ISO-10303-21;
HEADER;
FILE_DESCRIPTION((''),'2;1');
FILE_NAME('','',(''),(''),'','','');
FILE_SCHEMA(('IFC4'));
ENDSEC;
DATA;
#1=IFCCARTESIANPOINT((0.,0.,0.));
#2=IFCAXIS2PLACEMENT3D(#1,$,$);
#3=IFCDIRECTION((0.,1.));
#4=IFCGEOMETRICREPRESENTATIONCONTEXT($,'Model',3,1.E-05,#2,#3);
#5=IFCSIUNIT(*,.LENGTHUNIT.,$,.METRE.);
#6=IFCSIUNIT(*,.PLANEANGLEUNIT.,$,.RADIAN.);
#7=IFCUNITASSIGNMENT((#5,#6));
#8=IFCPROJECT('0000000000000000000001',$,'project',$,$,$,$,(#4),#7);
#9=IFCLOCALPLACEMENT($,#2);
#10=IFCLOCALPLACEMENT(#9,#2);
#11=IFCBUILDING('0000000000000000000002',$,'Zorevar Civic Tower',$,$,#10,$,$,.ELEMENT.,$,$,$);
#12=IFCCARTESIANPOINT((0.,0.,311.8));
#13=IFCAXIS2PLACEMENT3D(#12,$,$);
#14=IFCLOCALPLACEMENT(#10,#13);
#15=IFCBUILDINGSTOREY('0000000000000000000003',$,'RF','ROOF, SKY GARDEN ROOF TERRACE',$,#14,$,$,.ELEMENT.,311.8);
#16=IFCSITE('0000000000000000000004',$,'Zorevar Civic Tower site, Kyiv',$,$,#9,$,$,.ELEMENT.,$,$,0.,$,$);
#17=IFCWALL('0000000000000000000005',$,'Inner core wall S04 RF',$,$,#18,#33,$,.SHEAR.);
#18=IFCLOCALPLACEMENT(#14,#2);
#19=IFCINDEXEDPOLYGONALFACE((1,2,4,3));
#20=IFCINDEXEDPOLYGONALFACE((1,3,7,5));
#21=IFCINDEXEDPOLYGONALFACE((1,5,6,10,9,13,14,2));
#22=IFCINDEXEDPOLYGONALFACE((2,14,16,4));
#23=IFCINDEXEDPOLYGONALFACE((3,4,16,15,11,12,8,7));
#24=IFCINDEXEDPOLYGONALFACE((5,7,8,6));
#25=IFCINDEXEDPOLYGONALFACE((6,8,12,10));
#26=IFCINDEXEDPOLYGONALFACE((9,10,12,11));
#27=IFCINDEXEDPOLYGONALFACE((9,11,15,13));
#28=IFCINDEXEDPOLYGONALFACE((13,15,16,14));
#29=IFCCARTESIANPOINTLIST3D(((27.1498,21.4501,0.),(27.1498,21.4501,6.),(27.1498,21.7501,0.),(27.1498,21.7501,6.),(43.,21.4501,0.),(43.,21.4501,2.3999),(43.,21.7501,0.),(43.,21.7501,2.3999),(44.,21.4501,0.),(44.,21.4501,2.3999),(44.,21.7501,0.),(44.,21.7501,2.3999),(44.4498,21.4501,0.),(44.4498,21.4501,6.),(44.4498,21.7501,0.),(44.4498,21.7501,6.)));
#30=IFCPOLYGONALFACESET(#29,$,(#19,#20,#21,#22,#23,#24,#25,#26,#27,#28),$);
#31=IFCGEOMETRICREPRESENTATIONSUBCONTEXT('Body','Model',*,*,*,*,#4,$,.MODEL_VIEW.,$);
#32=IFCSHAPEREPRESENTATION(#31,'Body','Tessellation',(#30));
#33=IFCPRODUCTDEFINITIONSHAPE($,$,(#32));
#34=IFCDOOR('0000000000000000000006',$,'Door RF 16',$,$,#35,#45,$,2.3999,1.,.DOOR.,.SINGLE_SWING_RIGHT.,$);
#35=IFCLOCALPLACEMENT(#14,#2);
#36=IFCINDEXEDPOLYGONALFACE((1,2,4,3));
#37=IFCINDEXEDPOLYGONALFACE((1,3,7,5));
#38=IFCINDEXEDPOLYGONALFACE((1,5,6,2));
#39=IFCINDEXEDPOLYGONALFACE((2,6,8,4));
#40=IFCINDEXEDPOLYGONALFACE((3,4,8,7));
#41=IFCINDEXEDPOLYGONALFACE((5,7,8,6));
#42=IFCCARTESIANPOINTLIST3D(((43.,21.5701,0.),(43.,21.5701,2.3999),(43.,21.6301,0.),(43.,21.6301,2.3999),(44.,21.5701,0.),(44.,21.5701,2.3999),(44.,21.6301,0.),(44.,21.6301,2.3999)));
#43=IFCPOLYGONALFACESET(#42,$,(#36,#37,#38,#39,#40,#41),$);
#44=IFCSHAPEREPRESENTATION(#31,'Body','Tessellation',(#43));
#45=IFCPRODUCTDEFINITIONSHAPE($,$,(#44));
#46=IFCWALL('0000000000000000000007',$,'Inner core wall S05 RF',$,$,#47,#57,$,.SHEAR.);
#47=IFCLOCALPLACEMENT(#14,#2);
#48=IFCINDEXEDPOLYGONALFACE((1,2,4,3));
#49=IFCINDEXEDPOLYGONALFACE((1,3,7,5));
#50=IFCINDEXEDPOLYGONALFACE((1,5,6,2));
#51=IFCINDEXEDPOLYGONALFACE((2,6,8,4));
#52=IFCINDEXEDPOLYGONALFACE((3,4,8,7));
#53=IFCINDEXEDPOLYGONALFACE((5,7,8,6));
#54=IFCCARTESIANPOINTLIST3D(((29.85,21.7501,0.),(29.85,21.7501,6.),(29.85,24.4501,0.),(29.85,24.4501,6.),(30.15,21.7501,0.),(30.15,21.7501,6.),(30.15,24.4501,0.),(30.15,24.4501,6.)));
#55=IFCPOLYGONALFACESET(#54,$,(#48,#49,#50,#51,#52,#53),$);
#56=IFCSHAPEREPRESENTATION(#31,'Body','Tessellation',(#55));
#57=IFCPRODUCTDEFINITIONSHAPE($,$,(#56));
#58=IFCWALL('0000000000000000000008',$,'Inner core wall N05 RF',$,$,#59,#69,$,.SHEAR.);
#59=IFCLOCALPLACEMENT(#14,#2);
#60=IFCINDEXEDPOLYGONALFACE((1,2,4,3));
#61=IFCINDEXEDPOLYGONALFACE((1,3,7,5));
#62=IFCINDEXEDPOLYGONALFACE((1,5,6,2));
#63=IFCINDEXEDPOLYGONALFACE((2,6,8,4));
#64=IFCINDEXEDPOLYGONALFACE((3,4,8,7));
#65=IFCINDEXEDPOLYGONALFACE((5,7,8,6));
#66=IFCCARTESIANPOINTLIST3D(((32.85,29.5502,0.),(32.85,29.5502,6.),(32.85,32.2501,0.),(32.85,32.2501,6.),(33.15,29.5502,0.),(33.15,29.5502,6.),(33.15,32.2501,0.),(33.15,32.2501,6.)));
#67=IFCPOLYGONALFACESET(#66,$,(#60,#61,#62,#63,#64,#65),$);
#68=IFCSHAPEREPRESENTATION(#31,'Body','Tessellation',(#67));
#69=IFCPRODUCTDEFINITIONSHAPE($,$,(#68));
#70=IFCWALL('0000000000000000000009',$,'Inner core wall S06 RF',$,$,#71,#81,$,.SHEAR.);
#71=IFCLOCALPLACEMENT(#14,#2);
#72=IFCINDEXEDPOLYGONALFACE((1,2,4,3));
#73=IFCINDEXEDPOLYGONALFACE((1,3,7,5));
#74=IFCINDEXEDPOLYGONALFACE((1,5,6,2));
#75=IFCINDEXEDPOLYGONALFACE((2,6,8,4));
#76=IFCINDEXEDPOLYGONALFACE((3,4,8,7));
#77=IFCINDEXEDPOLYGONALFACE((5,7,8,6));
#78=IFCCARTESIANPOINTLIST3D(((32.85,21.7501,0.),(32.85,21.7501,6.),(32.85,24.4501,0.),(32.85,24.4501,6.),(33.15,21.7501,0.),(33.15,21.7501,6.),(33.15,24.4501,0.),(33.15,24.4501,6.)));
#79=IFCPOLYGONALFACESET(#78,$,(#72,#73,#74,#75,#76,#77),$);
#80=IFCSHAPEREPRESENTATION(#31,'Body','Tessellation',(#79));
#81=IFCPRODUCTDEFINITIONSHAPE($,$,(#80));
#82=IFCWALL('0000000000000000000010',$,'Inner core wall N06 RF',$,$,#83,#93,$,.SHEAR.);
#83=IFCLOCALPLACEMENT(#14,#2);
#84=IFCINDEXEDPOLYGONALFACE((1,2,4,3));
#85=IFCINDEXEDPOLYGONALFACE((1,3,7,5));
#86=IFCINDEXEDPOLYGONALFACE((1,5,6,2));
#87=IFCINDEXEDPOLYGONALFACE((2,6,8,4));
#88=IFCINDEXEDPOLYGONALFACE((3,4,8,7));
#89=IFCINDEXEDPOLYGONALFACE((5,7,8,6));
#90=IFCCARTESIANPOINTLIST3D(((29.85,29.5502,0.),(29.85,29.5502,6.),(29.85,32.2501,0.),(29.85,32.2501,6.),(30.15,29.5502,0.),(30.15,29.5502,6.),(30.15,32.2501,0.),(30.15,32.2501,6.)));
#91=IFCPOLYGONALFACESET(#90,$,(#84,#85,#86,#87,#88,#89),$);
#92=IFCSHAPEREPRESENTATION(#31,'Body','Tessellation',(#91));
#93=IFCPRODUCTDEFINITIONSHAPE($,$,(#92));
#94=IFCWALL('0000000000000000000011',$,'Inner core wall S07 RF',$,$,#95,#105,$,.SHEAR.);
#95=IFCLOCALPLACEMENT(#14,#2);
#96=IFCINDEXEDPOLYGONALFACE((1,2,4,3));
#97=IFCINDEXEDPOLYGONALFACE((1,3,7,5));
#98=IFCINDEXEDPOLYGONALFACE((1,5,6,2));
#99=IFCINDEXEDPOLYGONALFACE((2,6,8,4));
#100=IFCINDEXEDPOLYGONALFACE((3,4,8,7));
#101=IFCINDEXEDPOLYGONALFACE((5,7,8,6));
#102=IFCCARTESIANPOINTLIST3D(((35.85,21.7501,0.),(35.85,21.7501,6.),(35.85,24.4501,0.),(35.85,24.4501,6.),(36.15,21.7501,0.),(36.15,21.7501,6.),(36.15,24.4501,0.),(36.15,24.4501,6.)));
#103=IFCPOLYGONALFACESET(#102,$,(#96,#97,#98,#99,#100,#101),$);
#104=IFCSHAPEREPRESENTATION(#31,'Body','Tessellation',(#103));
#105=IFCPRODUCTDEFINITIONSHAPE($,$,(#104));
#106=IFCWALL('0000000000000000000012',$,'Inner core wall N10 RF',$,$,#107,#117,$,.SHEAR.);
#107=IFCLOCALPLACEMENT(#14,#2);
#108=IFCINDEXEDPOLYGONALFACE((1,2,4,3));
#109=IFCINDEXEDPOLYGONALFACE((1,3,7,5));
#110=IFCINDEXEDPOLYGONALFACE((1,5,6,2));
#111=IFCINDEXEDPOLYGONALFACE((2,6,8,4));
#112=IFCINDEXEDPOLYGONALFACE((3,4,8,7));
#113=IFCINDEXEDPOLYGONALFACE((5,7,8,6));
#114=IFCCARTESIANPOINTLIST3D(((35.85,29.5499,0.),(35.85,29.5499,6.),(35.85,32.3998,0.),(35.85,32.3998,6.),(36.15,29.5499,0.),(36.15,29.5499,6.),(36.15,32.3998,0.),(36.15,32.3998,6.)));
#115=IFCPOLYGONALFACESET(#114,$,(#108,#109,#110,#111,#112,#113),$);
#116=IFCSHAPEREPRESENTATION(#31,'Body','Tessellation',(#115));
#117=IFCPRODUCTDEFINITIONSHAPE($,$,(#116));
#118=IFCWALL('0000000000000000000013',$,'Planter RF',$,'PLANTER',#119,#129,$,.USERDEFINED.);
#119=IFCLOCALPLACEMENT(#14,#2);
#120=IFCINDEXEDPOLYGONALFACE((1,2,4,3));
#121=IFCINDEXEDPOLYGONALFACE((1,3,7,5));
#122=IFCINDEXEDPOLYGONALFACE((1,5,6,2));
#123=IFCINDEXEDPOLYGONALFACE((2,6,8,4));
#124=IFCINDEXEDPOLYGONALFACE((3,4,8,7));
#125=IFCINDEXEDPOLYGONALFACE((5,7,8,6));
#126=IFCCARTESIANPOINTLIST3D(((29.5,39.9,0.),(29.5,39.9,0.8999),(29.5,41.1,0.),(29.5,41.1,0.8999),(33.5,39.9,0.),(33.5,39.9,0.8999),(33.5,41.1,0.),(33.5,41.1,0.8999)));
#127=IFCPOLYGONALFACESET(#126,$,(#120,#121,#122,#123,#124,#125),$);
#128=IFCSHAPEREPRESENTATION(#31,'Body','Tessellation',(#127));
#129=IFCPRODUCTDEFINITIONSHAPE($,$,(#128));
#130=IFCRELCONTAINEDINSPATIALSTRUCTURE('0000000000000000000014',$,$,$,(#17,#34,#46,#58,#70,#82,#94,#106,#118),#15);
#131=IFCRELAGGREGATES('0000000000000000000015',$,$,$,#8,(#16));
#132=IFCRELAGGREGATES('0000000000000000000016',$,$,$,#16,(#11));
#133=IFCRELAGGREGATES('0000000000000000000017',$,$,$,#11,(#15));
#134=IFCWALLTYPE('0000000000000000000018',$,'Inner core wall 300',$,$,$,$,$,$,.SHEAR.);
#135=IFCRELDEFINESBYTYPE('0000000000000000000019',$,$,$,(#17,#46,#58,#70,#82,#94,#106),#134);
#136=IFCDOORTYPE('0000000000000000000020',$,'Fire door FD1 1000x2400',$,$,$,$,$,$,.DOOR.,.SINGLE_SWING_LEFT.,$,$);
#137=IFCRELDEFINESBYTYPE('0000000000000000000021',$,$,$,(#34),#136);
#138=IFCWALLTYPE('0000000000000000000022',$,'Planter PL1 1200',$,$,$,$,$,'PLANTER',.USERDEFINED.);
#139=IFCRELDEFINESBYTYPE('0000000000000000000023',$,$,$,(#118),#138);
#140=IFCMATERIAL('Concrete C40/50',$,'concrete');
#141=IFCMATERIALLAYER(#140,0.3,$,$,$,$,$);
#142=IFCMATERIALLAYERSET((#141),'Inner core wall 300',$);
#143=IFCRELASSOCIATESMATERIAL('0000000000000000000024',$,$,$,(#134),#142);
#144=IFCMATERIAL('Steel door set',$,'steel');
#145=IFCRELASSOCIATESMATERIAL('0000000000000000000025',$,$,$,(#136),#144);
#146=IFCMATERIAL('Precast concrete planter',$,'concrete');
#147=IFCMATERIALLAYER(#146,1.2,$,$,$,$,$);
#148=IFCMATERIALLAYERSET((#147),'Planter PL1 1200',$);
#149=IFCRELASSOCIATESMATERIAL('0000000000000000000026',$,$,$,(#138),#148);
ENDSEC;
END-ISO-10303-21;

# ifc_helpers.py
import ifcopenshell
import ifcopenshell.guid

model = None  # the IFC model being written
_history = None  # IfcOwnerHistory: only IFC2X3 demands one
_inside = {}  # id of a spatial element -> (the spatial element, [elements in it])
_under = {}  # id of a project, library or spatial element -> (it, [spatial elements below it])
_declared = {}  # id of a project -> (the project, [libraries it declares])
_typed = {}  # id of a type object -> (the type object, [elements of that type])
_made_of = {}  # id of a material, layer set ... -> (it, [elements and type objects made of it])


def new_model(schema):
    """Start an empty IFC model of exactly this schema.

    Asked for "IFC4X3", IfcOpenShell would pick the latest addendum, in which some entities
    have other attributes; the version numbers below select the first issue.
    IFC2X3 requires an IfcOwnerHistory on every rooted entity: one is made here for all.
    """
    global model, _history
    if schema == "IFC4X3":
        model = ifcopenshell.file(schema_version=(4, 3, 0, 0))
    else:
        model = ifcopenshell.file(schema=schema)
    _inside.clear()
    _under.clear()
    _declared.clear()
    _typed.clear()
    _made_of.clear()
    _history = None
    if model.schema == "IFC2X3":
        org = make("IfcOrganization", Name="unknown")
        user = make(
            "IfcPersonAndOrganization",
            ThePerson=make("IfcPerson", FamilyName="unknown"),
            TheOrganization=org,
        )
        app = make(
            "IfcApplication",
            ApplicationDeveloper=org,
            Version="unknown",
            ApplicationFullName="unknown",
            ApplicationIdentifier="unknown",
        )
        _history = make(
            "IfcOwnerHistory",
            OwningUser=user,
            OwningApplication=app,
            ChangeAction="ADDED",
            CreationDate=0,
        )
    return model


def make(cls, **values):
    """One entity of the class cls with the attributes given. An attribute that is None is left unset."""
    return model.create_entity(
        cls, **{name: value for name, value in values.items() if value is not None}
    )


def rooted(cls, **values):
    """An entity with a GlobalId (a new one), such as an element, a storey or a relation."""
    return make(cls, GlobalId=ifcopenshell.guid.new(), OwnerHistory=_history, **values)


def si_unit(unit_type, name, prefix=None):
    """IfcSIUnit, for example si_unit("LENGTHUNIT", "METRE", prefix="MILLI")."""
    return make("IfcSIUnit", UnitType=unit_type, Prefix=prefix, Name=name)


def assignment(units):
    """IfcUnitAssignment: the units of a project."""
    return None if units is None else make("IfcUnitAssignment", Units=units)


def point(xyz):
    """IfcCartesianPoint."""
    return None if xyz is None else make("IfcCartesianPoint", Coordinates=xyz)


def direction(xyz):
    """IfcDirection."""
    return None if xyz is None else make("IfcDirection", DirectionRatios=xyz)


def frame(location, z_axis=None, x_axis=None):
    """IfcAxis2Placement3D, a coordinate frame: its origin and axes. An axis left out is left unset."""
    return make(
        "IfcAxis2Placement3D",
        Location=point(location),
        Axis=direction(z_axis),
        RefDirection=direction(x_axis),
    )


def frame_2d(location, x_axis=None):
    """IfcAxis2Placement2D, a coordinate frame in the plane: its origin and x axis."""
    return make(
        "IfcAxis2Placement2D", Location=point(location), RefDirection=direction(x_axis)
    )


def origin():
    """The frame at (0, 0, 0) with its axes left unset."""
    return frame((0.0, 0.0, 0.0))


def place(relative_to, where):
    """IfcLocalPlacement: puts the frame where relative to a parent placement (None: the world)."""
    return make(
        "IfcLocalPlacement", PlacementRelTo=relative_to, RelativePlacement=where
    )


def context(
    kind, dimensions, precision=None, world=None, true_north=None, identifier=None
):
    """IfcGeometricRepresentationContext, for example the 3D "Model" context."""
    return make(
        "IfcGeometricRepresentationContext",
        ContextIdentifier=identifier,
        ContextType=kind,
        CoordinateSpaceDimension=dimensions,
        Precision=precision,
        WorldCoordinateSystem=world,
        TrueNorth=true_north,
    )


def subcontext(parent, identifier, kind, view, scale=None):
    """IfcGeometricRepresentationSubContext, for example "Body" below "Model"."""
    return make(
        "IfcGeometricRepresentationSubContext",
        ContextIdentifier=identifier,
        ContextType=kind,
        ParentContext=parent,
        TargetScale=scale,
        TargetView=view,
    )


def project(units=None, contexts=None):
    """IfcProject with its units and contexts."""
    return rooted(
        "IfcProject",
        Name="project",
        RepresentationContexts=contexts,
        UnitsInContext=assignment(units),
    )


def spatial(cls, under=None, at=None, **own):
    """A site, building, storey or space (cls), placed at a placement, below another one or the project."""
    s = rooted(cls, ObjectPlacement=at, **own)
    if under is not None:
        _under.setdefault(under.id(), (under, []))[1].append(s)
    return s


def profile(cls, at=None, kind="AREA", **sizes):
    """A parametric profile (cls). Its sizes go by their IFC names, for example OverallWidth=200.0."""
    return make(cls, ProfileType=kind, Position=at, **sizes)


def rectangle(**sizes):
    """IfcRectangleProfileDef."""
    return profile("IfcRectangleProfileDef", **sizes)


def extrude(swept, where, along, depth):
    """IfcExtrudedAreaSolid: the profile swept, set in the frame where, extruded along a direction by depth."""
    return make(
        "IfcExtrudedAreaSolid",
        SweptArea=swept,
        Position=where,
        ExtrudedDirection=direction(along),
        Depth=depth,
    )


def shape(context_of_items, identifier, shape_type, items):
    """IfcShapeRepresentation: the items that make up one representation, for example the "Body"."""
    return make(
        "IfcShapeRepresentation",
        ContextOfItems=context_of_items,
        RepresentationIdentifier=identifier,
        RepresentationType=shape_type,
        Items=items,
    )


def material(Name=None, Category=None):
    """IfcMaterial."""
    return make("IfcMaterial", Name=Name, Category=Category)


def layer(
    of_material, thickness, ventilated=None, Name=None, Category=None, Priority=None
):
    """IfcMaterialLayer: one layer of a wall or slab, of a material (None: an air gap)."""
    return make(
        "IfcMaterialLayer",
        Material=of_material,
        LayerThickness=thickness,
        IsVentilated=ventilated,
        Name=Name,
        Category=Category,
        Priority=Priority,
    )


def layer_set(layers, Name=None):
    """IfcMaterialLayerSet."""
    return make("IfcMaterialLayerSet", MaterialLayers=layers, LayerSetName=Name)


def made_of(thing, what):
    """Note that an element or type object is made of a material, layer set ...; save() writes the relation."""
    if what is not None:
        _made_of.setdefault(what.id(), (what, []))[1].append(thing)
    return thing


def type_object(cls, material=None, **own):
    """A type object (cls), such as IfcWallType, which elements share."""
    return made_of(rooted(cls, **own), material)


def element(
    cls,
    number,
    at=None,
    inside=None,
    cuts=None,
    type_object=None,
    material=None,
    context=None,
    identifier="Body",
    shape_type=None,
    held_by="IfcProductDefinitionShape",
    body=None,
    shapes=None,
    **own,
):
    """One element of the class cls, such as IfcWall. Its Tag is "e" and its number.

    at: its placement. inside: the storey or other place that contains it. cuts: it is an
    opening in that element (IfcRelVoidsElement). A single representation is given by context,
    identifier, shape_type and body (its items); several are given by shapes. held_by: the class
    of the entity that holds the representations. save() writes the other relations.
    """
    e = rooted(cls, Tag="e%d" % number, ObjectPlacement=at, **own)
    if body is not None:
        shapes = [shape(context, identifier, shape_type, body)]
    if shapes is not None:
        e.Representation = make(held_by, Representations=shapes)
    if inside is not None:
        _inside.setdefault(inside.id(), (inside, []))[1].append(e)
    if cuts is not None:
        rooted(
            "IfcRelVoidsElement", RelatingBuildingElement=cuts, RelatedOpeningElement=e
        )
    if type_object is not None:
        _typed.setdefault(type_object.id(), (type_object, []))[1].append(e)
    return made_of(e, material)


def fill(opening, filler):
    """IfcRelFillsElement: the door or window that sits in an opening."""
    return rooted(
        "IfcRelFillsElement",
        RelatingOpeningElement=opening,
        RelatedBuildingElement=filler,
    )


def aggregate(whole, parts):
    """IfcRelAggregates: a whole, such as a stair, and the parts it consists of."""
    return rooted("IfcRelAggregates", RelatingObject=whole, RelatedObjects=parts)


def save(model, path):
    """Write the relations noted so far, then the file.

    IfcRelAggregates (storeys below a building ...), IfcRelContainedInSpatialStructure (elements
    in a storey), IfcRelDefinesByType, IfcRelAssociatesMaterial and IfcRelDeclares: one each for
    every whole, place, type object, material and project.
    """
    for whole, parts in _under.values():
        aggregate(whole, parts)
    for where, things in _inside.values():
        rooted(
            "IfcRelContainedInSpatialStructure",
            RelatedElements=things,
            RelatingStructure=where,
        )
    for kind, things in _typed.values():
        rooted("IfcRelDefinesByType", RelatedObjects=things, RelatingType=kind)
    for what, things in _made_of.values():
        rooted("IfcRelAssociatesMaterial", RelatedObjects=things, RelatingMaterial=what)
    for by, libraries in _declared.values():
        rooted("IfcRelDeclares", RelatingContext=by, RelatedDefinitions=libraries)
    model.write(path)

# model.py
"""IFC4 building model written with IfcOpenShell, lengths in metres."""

from ifc_helpers import new_model, si_unit, direction, frame, frame_2d, origin, place, context, subcontext, project, spatial, rectangle, extrude, material, layer, layer_set, type_object, element, fill, save


model = new_model("IFC4")

# Units and contexts
model_context = context("Model", 3, precision=1e-05, world=origin(), true_north=direction((0.0, 1.0)))
body_context = subcontext(model_context, "Body", "Model", "MODEL_VIEW")
ifc_project = project(units=[si_unit("LENGTHUNIT", "METRE"), si_unit("PLANEANGLEUNIT", "RADIAN")], contexts=[model_context])

# Site, building, storey
site_placement = place(None, origin())
site = spatial("IfcSite", under=ifc_project, at=site_placement, Name="Zorevar Civic Tower site, Kyiv", CompositionType="ELEMENT", RefElevation=0.0)
building_placement = place(site_placement, origin())
building = spatial("IfcBuilding", under=site, at=building_placement, Name="Zorevar Civic Tower", CompositionType="ELEMENT")
storey_placement = place(building_placement, frame((0.0, 0.0, 311.8)))
storey = spatial("IfcBuildingStorey", under=building, at=storey_placement, Name="RF", Description="ROOF, SKY GARDEN ROOF TERRACE", CompositionType="ELEMENT", Elevation=311.8)

# Shared definitions
ifc_material_1 = material(Name="Concrete C40/50", Category="concrete")
ifc_layer_1 = layer(ifc_material_1, 0.3)
ifc_layer_set_1 = layer_set([ifc_layer_1], Name="Inner core wall 300")
wall_type_1 = type_object("IfcWallType", Name="Inner core wall 300", PredefinedType="SHEAR", material=ifc_layer_set_1)
ifc_material_2 = material(Name="Steel door set", Category="steel")
door_type = type_object("IfcDoorType", Name="Fire door FD1 1000x2400", OperationType="SINGLE_SWING_LEFT", PredefinedType="DOOR", material=ifc_material_2)

# Wall, opening, door
wall_1_placement = place(storey_placement, frame((27.1499, 21.6001, 0.0), z_axis=(0.0, 0.0, 1.0), x_axis=(1.0, 0.0, 0.0)))
wall_1 = element("IfcWall", 1, at=wall_1_placement, inside=storey, type_object=wall_type_1, Name="Inner core wall S04 RF", PredefinedType="SHEAR", context=body_context, shape_type="SweptSolid", body=[
    extrude(rectangle(XDim=17.3, YDim=0.3, at=frame_2d((8.6499, 0.0))), origin(), (0.0, 0.0, 1.0), 6.0),
])
opening_1_placement = place(wall_1_placement, frame((15.8501, 0.0, 0.0)))
opening_1 = element("IfcOpeningElement", 2, at=opening_1_placement, cuts=wall_1, PredefinedType="OPENING", context=body_context, shape_type="SweptSolid", body=[
    extrude(rectangle(XDim=1.0, YDim=2.3999, at=frame_2d((0.5, 1.2))), frame((0.0, 0.1599, 0.0), z_axis=(0.0, -1.0, 0.0), x_axis=(1.0, 0.0, 0.0)), (0.0, 0.0, 1.0), 0.3201),
])
door_1_placement = place(opening_1_placement, origin())
door_1 = element("IfcDoor", 3, at=door_1_placement, inside=storey, type_object=door_type, Name="Door RF 16", OperationType="SINGLE_SWING_RIGHT", OverallHeight=2.3999, OverallWidth=1.0, PredefinedType="DOOR", context=body_context, shape_type="SweptSolid", body=[
    extrude(rectangle(XDim=1.0, YDim=2.3999, at=frame_2d((0.5, 1.2))), frame((0.0, 0.03, 0.0), z_axis=(0.0, -1.0, 0.0), x_axis=(1.0, 0.0, 0.0)), (0.0, 0.0, 1.0), 0.0601),
])
fill(opening_1, door_1)

# Walls
for number, where, z_axis, x_axis, name in (
    (4, (30.0, 21.75, 0.0), (0.0, 0.0, 1.0), (0.0, 1.0, 0.0), "Inner core wall S05 RF"),
    (5, (33.0, 29.55, 0.0), (0.0, 0.0, 1.0), (0.0, 1.0, 0.0), "Inner core wall N05 RF"),
    (6, (33.0, 21.75, 0.0), (0.0, 0.0, 1.0), (0.0, 1.0, 0.0), "Inner core wall S06 RF"),
    (7, (30.0, 29.55, 0.0), (0.0, 0.0, 1.0), (0.0, 1.0, 0.0), "Inner core wall N06 RF"),
    (8, (36.0, 21.75, 0.0), (0.0, 0.0, 1.0), (0.0, 1.0, 0.0), "Inner core wall S07 RF"),
):
    element("IfcWall", number, at=place(storey_placement, frame(where, z_axis=z_axis, x_axis=x_axis)), inside=storey, type_object=wall_type_1, Name=name, PredefinedType="SHEAR", context=body_context, shape_type="SweptSolid", body=[
        extrude(rectangle(XDim=2.7, YDim=0.3, at=frame_2d((1.3501, 0.0))), origin(), (0.0, 0.0, 1.0), 6.0),
    ])
wall_2_placement = place(storey_placement, frame((36.0, 29.55, 0.0), z_axis=(0.0, 0.0, 1.0), x_axis=(0.0, 1.0, 0.0)))
element("IfcWall", 9, at=wall_2_placement, inside=storey, type_object=wall_type_1, Name="Inner core wall N10 RF", PredefinedType="SHEAR", context=body_context, shape_type="SweptSolid", body=[
    extrude(rectangle(XDim=2.8499, YDim=0.3, at=frame_2d((1.4248, 0.0))), origin(), (0.0, 0.0, 1.0), 6.0),
])
ifc_material_3 = material(Name="Precast concrete planter", Category="concrete")
ifc_layer_2 = layer(ifc_material_3, 1.2)
ifc_layer_set_2 = layer_set([ifc_layer_2], Name="Planter PL1 1200")
wall_type_2 = type_object("IfcWallType", Name="Planter PL1 1200", ElementType="PLANTER", PredefinedType="USERDEFINED", material=ifc_layer_set_2)
wall_3_placement = place(storey_placement, frame((29.5, 40.5, 0.0), z_axis=(0.0, 0.0, 1.0), x_axis=(1.0, 0.0, 0.0)))
element("IfcWall", 10, at=wall_3_placement, inside=storey, type_object=wall_type_2, Name="Planter RF", ObjectType="PLANTER", PredefinedType="USERDEFINED", context=body_context, shape_type="SweptSolid", body=[
    extrude(rectangle(XDim=4.0, YDim=1.2, at=frame_2d((2.0, 0.0))), origin(), (0.0, 0.0, 1.0), 0.8999),
])

save(model, "model.ifc")
